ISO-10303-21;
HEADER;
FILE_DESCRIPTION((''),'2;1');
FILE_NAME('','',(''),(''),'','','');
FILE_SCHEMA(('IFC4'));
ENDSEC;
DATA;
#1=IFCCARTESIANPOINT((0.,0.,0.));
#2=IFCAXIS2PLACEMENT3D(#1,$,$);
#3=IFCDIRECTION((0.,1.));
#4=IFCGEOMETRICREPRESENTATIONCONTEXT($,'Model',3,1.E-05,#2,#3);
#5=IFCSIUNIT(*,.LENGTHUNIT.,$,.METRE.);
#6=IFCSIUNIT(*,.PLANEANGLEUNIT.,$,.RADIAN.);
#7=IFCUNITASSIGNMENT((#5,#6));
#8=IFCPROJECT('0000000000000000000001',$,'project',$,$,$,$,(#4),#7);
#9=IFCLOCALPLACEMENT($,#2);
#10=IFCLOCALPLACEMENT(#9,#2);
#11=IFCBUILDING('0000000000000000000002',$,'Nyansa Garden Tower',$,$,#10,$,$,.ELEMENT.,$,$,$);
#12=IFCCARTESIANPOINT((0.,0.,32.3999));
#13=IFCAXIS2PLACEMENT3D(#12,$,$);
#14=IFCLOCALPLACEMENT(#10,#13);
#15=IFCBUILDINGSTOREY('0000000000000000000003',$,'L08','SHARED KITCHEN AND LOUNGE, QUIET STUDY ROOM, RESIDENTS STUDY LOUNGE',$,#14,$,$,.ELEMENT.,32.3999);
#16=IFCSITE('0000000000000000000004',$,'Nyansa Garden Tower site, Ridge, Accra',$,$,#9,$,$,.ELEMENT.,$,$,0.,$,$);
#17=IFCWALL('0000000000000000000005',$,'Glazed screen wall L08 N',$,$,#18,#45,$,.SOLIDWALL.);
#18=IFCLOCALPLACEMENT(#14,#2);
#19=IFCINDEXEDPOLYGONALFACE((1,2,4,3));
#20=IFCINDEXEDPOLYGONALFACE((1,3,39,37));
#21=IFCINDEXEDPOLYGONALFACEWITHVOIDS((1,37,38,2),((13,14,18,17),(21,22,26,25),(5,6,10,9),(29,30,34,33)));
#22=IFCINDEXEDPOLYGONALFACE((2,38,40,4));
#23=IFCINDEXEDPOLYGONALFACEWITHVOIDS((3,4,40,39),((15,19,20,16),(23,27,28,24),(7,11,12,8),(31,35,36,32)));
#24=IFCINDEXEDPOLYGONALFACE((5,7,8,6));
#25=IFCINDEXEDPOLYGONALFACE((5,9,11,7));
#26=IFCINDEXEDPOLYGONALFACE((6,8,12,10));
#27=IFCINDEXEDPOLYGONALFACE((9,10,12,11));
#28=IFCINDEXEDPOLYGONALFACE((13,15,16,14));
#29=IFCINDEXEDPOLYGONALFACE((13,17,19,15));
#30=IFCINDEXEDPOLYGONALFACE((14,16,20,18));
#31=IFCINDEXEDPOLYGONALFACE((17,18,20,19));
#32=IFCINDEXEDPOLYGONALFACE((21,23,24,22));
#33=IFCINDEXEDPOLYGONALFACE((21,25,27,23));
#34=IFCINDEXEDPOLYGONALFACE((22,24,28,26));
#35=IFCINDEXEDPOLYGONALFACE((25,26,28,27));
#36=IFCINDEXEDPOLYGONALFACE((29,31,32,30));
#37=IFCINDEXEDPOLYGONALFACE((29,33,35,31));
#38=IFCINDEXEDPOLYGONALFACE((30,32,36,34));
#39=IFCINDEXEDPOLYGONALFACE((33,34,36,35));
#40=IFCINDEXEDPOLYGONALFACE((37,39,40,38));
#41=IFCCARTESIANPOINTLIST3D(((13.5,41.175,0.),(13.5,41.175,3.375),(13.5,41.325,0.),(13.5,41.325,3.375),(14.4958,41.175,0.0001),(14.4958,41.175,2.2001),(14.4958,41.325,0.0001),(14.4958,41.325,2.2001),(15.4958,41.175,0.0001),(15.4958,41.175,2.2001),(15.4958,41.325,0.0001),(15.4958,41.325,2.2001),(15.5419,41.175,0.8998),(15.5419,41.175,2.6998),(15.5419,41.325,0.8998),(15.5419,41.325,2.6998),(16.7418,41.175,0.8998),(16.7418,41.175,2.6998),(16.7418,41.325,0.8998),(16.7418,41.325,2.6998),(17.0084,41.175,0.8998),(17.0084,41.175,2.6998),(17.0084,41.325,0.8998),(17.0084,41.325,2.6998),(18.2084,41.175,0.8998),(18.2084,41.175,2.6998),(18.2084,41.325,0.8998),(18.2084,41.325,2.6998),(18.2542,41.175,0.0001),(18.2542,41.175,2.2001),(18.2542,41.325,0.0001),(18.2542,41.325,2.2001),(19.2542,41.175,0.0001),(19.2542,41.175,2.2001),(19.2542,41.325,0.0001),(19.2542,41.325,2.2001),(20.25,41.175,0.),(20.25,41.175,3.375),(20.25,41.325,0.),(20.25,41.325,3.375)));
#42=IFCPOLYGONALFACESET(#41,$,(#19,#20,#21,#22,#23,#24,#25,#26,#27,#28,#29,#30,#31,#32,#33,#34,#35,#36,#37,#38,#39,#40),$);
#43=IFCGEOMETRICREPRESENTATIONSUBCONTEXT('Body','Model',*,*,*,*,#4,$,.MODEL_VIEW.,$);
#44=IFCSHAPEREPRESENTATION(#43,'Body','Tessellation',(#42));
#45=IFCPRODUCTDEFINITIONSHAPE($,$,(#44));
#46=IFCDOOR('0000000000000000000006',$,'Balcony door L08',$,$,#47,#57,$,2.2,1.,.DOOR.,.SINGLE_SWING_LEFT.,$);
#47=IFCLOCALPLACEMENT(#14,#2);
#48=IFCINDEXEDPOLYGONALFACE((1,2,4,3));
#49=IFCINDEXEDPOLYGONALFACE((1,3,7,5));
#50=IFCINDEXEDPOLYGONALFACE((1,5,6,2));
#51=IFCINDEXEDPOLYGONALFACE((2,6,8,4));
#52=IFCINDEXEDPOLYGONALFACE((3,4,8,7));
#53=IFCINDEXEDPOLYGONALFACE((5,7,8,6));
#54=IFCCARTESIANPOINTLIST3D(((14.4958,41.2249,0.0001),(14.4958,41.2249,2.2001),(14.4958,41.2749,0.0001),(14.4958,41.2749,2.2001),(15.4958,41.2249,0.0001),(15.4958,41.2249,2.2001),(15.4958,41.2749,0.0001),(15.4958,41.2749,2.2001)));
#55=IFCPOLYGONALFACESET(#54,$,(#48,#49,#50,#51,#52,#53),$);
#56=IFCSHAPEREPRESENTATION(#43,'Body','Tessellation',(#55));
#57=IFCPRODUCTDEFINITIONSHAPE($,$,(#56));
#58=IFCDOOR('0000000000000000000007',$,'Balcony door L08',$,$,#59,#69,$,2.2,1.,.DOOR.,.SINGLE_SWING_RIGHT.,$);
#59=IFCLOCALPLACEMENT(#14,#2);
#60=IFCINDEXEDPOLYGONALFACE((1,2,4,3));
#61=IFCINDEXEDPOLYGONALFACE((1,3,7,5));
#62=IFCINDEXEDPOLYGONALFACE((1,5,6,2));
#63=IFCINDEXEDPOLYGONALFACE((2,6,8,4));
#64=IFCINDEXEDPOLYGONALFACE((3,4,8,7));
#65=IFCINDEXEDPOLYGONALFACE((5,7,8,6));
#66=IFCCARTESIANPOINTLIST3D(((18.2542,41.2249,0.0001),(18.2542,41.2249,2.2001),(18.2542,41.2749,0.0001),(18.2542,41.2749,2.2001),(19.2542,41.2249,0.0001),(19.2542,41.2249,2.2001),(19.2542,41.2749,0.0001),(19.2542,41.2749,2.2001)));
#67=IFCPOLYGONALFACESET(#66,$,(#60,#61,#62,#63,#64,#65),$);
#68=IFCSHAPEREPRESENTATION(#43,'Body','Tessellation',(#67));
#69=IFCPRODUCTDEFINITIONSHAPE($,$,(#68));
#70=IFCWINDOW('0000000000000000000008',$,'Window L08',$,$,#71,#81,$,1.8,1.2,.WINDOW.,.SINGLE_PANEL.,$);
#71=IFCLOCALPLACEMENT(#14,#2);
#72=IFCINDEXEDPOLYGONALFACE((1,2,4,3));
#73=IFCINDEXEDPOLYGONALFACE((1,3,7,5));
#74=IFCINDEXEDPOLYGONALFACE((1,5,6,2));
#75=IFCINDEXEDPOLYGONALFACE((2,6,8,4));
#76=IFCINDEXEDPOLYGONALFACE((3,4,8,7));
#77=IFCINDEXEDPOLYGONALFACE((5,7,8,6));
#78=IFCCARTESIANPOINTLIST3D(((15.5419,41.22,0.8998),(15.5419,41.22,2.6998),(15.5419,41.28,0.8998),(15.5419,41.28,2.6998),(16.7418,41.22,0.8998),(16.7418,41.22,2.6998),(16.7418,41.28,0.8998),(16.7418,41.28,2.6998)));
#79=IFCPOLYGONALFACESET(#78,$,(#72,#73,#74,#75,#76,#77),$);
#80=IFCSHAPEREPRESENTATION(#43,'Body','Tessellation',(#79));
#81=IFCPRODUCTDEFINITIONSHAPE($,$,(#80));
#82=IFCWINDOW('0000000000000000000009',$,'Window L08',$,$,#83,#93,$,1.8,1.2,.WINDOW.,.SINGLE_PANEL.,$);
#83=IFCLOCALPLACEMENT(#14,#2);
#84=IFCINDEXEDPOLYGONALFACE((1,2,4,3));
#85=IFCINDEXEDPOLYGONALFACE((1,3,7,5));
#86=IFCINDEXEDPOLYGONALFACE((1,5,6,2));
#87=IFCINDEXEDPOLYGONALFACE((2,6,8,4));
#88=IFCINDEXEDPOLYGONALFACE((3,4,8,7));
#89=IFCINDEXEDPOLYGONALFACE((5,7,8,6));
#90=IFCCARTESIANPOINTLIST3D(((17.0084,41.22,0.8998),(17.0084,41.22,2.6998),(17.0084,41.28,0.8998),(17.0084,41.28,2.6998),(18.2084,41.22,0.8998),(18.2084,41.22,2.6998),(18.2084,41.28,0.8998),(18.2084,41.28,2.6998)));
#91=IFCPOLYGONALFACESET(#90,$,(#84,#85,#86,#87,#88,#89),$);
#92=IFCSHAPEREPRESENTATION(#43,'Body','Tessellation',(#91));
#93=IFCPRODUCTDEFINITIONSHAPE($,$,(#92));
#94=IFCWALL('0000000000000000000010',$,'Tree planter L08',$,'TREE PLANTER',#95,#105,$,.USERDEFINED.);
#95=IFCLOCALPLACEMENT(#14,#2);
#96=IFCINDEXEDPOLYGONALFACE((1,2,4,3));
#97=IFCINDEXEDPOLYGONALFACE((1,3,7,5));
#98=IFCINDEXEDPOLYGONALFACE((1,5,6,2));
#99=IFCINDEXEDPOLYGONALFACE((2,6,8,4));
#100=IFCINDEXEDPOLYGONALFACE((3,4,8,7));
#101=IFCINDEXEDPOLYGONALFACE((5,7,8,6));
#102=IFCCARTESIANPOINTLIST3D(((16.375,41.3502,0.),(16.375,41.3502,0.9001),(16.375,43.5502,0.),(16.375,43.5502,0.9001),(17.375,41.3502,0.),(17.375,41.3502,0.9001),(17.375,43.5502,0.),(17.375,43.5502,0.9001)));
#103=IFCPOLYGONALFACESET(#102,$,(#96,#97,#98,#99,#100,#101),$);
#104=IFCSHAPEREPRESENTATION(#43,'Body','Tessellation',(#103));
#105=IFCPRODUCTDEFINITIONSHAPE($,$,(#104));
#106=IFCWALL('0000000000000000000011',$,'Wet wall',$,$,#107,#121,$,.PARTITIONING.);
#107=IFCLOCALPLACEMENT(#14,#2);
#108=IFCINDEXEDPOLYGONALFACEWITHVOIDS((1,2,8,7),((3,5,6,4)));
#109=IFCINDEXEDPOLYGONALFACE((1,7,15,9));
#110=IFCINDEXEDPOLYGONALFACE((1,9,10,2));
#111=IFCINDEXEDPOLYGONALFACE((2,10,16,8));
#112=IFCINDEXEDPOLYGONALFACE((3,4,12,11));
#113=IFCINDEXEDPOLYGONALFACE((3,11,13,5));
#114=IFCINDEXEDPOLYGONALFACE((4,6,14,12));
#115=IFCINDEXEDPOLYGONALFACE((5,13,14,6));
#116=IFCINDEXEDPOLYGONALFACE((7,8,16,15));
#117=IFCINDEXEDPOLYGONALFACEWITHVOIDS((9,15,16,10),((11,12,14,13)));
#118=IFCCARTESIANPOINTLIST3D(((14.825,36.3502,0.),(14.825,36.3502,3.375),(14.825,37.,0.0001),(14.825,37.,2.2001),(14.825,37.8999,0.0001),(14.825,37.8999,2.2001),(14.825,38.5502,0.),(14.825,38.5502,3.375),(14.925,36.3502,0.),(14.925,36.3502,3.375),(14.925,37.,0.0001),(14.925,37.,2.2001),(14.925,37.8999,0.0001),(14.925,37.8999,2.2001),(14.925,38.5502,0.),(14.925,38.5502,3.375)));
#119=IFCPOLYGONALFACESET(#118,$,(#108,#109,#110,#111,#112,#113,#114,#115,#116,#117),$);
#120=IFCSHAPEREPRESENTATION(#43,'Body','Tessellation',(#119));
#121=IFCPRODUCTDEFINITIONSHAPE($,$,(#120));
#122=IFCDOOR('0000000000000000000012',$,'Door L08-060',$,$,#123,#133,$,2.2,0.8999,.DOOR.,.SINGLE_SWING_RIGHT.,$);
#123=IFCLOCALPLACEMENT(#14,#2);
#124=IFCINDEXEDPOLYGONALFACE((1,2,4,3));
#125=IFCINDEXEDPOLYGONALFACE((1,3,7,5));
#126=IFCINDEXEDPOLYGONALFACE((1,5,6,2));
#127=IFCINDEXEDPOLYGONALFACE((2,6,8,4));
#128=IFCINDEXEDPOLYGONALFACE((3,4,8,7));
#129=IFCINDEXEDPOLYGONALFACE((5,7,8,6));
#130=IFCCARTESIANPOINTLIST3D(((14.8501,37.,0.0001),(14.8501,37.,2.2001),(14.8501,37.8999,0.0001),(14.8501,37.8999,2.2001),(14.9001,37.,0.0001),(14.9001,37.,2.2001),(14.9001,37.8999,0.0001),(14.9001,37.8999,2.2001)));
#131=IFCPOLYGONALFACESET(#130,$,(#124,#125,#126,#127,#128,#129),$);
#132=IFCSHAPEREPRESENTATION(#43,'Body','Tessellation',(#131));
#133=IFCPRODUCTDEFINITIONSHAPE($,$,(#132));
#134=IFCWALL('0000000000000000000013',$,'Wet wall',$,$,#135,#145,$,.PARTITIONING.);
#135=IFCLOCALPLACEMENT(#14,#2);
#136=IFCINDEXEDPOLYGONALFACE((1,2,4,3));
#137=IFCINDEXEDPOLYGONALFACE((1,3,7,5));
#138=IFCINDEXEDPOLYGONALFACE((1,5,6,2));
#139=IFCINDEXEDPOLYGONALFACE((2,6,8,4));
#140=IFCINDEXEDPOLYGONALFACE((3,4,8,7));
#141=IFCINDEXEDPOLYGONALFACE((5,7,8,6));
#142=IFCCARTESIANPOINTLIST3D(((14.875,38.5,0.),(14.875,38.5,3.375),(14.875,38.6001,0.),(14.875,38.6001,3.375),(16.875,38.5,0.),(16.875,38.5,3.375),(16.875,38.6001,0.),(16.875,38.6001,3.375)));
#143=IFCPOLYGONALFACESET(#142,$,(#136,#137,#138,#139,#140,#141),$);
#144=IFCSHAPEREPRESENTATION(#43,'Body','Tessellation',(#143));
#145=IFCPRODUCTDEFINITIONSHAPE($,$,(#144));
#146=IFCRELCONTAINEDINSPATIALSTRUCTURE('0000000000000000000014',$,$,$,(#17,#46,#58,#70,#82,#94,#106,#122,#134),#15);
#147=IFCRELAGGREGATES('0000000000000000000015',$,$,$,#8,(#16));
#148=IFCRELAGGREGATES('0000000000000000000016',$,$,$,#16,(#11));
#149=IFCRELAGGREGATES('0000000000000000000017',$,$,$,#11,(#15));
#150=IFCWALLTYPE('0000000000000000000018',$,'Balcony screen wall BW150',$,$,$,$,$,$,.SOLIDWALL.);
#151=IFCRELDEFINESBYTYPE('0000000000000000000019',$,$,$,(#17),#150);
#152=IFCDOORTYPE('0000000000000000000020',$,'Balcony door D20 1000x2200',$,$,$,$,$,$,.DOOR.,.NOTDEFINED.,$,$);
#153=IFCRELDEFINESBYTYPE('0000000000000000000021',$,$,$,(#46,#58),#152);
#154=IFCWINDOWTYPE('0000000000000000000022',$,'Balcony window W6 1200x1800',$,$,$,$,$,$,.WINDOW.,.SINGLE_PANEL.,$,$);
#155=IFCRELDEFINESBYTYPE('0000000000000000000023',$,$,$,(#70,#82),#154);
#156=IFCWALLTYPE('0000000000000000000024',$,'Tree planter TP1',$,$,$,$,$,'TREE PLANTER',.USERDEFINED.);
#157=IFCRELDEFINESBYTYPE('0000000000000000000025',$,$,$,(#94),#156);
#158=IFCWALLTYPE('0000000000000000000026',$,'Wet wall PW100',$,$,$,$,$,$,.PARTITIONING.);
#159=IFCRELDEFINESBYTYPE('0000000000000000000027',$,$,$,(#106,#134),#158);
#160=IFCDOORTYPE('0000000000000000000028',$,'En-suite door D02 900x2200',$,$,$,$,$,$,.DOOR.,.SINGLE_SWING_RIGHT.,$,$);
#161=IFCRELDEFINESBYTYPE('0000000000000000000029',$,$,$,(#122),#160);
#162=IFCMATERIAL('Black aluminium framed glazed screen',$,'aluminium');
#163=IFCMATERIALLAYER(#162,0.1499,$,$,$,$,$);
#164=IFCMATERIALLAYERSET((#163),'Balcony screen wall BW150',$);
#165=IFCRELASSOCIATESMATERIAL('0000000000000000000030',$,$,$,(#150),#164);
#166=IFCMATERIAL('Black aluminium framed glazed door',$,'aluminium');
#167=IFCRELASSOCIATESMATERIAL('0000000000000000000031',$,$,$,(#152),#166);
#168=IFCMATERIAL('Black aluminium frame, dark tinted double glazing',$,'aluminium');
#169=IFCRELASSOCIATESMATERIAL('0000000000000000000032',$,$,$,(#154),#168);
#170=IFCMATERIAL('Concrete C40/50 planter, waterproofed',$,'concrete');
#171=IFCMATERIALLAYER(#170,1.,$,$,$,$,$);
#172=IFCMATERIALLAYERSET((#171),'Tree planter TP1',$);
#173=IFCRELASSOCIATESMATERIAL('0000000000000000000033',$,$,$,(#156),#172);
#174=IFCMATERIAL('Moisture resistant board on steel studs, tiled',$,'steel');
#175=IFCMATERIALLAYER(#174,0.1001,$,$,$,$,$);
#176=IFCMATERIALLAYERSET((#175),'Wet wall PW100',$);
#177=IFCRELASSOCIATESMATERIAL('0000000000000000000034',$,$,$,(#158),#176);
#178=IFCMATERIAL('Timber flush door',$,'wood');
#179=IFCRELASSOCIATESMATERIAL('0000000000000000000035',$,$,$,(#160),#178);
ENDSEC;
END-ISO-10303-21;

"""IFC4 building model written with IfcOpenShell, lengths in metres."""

from ifc_helpers import new_model, si_unit, direction, frame, frame_2d, origin, place, context, subcontext, project, spatial, rectangle, extrude, material, layer, layer_set, type_object, element, fill, save


model = new_model("IFC4")

# Units and contexts
model_context = context("Model", 3, precision=1e-05, world=origin(), true_north=direction((0.0, 1.0)))
body_context = subcontext(model_context, "Body", "Model", "MODEL_VIEW")
ifc_project = project(units=[si_unit("LENGTHUNIT", "METRE"), si_unit("PLANEANGLEUNIT", "RADIAN")], contexts=[model_context])

# Site, building, storey
site_placement = place(None, origin())
site = spatial("IfcSite", under=ifc_project, at=site_placement, Name="Nyansa Garden Tower site, Ridge, Accra", CompositionType="ELEMENT", RefElevation=0.0)
building_placement = place(site_placement, origin())
building = spatial("IfcBuilding", under=site, at=building_placement, Name="Nyansa Garden Tower", CompositionType="ELEMENT")
storey_placement = place(building_placement, frame((0.0, 0.0, 32.3999)))
storey = spatial("IfcBuildingStorey", under=building, at=storey_placement, Name="L08", Description="SHARED KITCHEN AND LOUNGE, QUIET STUDY ROOM, RESIDENTS STUDY LOUNGE", CompositionType="ELEMENT", Elevation=32.3999)

# Wall, openings, doors, windows
ifc_material_1 = material(Name="Black aluminium framed glazed screen", Category="aluminium")
ifc_layer_1 = layer(ifc_material_1, 0.1499)
ifc_layer_set_1 = layer_set([ifc_layer_1], Name="Balcony screen wall BW150")
wall_type_1 = type_object("IfcWallType", Name="Balcony screen wall BW150", PredefinedType="SOLIDWALL", material=ifc_layer_set_1)
wall_1_placement = place(storey_placement, frame((13.5, 41.25, 0.0), z_axis=(0.0, 0.0, 1.0), x_axis=(1.0, 0.0, 0.0)))
wall_1 = element("IfcWall", 1, at=wall_1_placement, inside=storey, type_object=wall_type_1, Name="Glazed screen wall L08 N", PredefinedType="SOLIDWALL", context=body_context, shape_type="SweptSolid", body=[
    extrude(rectangle(XDim=6.75, YDim=0.1499, at=frame_2d((3.375, 0.0))), origin(), (0.0, 0.0, 1.0), 3.375),
])
opening_1_placement = place(wall_1_placement, frame((0.9958, 0.0, 0.0)))
opening_1 = element("IfcOpeningElement", 2, at=opening_1_placement, cuts=wall_1, PredefinedType="OPENING", context=body_context, shape_type="SweptSolid", body=[
    extrude(rectangle(XDim=1.0, YDim=2.2, at=frame_2d((0.5, 1.1001))), frame((0.0, 0.085, 0.0), z_axis=(0.0, -1.0, 0.0), x_axis=(1.0, 0.0, 0.0)), (0.0, 0.0, 1.0), 0.1699),
])
opening_2_placement = place(wall_1_placement, frame((2.0417, 0.0, 0.8999)))
opening_2 = element("IfcOpeningElement", 3, at=opening_2_placement, cuts=wall_1, PredefinedType="OPENING", context=body_context, shape_type="SweptSolid", body=[
    extrude(rectangle(XDim=1.2, YDim=1.8, at=frame_2d((0.6001, 0.8999))), frame((0.0, 0.085, 0.0), z_axis=(0.0, -1.0, 0.0), x_axis=(1.0, 0.0, 0.0)), (0.0, 0.0, 1.0), 0.1699),
])
opening_3_placement = place(wall_1_placement, frame((4.7542, 0.0, 0.0)))
opening_3 = element("IfcOpeningElement", 4, at=opening_3_placement, cuts=wall_1, PredefinedType="OPENING", context=body_context, shape_type="SweptSolid", body=[
    extrude(rectangle(XDim=1.0, YDim=2.2, at=frame_2d((0.5, 1.1001))), frame((0.0, 0.085, 0.0), z_axis=(0.0, -1.0, 0.0), x_axis=(1.0, 0.0, 0.0)), (0.0, 0.0, 1.0), 0.1699),
])
opening_4_placement = place(wall_1_placement, frame((3.5083, 0.0, 0.8999)))
opening_4 = element("IfcOpeningElement", 5, at=opening_4_placement, cuts=wall_1, PredefinedType="OPENING", context=body_context, shape_type="SweptSolid", body=[
    extrude(rectangle(XDim=1.2, YDim=1.8, at=frame_2d((0.6001, 0.8999))), frame((0.0, 0.085, 0.0), z_axis=(0.0, -1.0, 0.0), x_axis=(1.0, 0.0, 0.0)), (0.0, 0.0, 1.0), 0.1699),
])
ifc_material_2 = material(Name="Black aluminium framed glazed door", Category="aluminium")
door_type_1 = type_object("IfcDoorType", Name="Balcony door D20 1000x2200", OperationType="NOTDEFINED", PredefinedType="DOOR", material=ifc_material_2)
door_1_placement = place(opening_1_placement, origin())
door_1 = element("IfcDoor", 6, at=door_1_placement, inside=storey, type_object=door_type_1, Name="Balcony door L08", OperationType="SINGLE_SWING_LEFT", OverallHeight=2.2, OverallWidth=1.0, PredefinedType="DOOR", context=body_context, shape_type="SweptSolid", body=[
    extrude(rectangle(XDim=1.0, YDim=2.2, at=frame_2d((0.5, 1.1001))), frame((0.0, 0.0249, 0.0), z_axis=(0.0, -1.0, 0.0), x_axis=(1.0, 0.0, 0.0)), (0.0, 0.0, 1.0), 0.05),
])
fill(opening_1, door_1)
door_2_placement = place(opening_3_placement, origin())
door_2 = element("IfcDoor", 7, at=door_2_placement, inside=storey, type_object=door_type_1, Name="Balcony door L08", OperationType="SINGLE_SWING_RIGHT", OverallHeight=2.2, OverallWidth=1.0, PredefinedType="DOOR", context=body_context, shape_type="SweptSolid", body=[
    extrude(rectangle(XDim=1.0, YDim=2.2, at=frame_2d((0.5, 1.1001))), frame((0.0, 0.0249, 0.0), z_axis=(0.0, -1.0, 0.0), x_axis=(1.0, 0.0, 0.0)), (0.0, 0.0, 1.0), 0.05),
])
fill(opening_3, door_2)
ifc_material_3 = material(Name="Black aluminium frame, dark tinted double glazing", Category="aluminium")
window_type = type_object("IfcWindowType", Name="Balcony window W6 1200x1800", PartitioningType="SINGLE_PANEL", PredefinedType="WINDOW", material=ifc_material_3)
window_1_placement = place(opening_2_placement, origin())
window_1 = element("IfcWindow", 8, at=window_1_placement, inside=storey, type_object=window_type, Name="Window L08", OverallHeight=1.8, OverallWidth=1.2, PartitioningType="SINGLE_PANEL", PredefinedType="WINDOW", context=body_context, shape_type="SweptSolid", body=[
    extrude(rectangle(XDim=1.2, YDim=1.8, at=frame_2d((0.6001, 0.8999))), frame((0.0, 0.03, 0.0), z_axis=(0.0, -1.0, 0.0), x_axis=(1.0, 0.0, 0.0)), (0.0, 0.0, 1.0), 0.0601),
])
fill(opening_2, window_1)
window_2_placement = place(opening_4_placement, origin())
window_2 = element("IfcWindow", 9, at=window_2_placement, inside=storey, type_object=window_type, Name="Window L08", OverallHeight=1.8, OverallWidth=1.2, PartitioningType="SINGLE_PANEL", PredefinedType="WINDOW", context=body_context, shape_type="SweptSolid", body=[
    extrude(rectangle(XDim=1.2, YDim=1.8, at=frame_2d((0.6001, 0.8999))), frame((0.0, 0.03, 0.0), z_axis=(0.0, -1.0, 0.0), x_axis=(1.0, 0.0, 0.0)), (0.0, 0.0, 1.0), 0.0601),
])
fill(opening_4, window_2)

# Wall
ifc_material_4 = material(Name="Concrete C40/50 planter, waterproofed", Category="concrete")
ifc_layer_2 = layer(ifc_material_4, 1.0)
ifc_layer_set_2 = layer_set([ifc_layer_2], Name="Tree planter TP1")
wall_type_2 = type_object("IfcWallType", Name="Tree planter TP1", ElementType="TREE PLANTER", PredefinedType="USERDEFINED", material=ifc_layer_set_2)
wall_2_placement = place(storey_placement, frame((16.875, 41.3501, 0.0), z_axis=(0.0, 0.0, 1.0), x_axis=(0.0, 1.0, 0.0)))
element("IfcWall", 10, at=wall_2_placement, inside=storey, type_object=wall_type_2, Name="Tree planter L08", ObjectType="TREE PLANTER", PredefinedType="USERDEFINED", context=body_context, shape_type="SweptSolid", body=[
    extrude(rectangle(XDim=2.2, YDim=1.0, at=frame_2d((1.1001, 0.0))), origin(), (0.0, 0.0, 1.0), 0.9001),
])

# Wall, opening, door
ifc_material_5 = material(Name="Moisture resistant board on steel studs, tiled", Category="steel")
ifc_layer_3 = layer(ifc_material_5, 0.1001)
ifc_layer_set_3 = layer_set([ifc_layer_3], Name="Wet wall PW100")
wall_type_3 = type_object("IfcWallType", Name="Wet wall PW100", PredefinedType="PARTITIONING", material=ifc_layer_set_3)
wall_3_placement = place(storey_placement, frame((14.875, 36.3501, 0.0), z_axis=(0.0, 0.0, 1.0), x_axis=(0.0, 1.0, 0.0)))
wall_3 = element("IfcWall", 11, at=wall_3_placement, inside=storey, type_object=wall_type_3, Name="Wet wall", PredefinedType="PARTITIONING", context=body_context, shape_type="SweptSolid", body=[
    extrude(rectangle(XDim=2.2, YDim=0.1001, at=frame_2d((1.1001, 0.0))), origin(), (0.0, 0.0, 1.0), 3.375),
])
opening_5_placement = place(wall_3_placement, frame((0.6499, 0.0, 0.0)))
opening_5 = element("IfcOpeningElement", 12, at=opening_5_placement, cuts=wall_3, PredefinedType="OPENING", context=body_context, shape_type="SweptSolid", body=[
    extrude(rectangle(XDim=0.8999, YDim=2.2, at=frame_2d((0.45, 1.1001))), frame((0.0, 0.0601, 0.0), z_axis=(0.0, -1.0, 0.0), x_axis=(1.0, 0.0, 0.0)), (0.0, 0.0, 1.0), 0.1201),
])
ifc_material_6 = material(Name="Timber flush door", Category="wood")
door_type_2 = type_object("IfcDoorType", Name="En-suite door D02 900x2200", OperationType="SINGLE_SWING_RIGHT", PredefinedType="DOOR", material=ifc_material_6)
door_3_placement = place(opening_5_placement, origin())
door_3 = element("IfcDoor", 13, at=door_3_placement, inside=storey, type_object=door_type_2, Name="Door L08-060", OperationType="SINGLE_SWING_RIGHT", OverallHeight=2.2, OverallWidth=0.8999, PredefinedType="DOOR", context=body_context, shape_type="SweptSolid", body=[
    extrude(rectangle(XDim=0.8999, YDim=2.2, at=frame_2d((0.45, 1.1001))), frame((0.0, 0.0249, 0.0), z_axis=(0.0, -1.0, 0.0), x_axis=(1.0, 0.0, 0.0)), (0.0, 0.0, 1.0), 0.05),
])
fill(opening_5, door_3)

# Wall
wall_4_placement = place(storey_placement, frame((14.875, 38.55, 0.0), z_axis=(0.0, 0.0, 1.0), x_axis=(1.0, 0.0, 0.0)))
element("IfcWall", 14, at=wall_4_placement, inside=storey, type_object=wall_type_3, Name="Wet wall", PredefinedType="PARTITIONING", context=body_context, shape_type="SweptSolid", body=[
    extrude(rectangle(XDim=2.0, YDim=0.1001, at=frame_2d((1.0, 0.0))), origin(), (0.0, 0.0, 1.0), 3.375),
])

save(model, "model.ifc")
